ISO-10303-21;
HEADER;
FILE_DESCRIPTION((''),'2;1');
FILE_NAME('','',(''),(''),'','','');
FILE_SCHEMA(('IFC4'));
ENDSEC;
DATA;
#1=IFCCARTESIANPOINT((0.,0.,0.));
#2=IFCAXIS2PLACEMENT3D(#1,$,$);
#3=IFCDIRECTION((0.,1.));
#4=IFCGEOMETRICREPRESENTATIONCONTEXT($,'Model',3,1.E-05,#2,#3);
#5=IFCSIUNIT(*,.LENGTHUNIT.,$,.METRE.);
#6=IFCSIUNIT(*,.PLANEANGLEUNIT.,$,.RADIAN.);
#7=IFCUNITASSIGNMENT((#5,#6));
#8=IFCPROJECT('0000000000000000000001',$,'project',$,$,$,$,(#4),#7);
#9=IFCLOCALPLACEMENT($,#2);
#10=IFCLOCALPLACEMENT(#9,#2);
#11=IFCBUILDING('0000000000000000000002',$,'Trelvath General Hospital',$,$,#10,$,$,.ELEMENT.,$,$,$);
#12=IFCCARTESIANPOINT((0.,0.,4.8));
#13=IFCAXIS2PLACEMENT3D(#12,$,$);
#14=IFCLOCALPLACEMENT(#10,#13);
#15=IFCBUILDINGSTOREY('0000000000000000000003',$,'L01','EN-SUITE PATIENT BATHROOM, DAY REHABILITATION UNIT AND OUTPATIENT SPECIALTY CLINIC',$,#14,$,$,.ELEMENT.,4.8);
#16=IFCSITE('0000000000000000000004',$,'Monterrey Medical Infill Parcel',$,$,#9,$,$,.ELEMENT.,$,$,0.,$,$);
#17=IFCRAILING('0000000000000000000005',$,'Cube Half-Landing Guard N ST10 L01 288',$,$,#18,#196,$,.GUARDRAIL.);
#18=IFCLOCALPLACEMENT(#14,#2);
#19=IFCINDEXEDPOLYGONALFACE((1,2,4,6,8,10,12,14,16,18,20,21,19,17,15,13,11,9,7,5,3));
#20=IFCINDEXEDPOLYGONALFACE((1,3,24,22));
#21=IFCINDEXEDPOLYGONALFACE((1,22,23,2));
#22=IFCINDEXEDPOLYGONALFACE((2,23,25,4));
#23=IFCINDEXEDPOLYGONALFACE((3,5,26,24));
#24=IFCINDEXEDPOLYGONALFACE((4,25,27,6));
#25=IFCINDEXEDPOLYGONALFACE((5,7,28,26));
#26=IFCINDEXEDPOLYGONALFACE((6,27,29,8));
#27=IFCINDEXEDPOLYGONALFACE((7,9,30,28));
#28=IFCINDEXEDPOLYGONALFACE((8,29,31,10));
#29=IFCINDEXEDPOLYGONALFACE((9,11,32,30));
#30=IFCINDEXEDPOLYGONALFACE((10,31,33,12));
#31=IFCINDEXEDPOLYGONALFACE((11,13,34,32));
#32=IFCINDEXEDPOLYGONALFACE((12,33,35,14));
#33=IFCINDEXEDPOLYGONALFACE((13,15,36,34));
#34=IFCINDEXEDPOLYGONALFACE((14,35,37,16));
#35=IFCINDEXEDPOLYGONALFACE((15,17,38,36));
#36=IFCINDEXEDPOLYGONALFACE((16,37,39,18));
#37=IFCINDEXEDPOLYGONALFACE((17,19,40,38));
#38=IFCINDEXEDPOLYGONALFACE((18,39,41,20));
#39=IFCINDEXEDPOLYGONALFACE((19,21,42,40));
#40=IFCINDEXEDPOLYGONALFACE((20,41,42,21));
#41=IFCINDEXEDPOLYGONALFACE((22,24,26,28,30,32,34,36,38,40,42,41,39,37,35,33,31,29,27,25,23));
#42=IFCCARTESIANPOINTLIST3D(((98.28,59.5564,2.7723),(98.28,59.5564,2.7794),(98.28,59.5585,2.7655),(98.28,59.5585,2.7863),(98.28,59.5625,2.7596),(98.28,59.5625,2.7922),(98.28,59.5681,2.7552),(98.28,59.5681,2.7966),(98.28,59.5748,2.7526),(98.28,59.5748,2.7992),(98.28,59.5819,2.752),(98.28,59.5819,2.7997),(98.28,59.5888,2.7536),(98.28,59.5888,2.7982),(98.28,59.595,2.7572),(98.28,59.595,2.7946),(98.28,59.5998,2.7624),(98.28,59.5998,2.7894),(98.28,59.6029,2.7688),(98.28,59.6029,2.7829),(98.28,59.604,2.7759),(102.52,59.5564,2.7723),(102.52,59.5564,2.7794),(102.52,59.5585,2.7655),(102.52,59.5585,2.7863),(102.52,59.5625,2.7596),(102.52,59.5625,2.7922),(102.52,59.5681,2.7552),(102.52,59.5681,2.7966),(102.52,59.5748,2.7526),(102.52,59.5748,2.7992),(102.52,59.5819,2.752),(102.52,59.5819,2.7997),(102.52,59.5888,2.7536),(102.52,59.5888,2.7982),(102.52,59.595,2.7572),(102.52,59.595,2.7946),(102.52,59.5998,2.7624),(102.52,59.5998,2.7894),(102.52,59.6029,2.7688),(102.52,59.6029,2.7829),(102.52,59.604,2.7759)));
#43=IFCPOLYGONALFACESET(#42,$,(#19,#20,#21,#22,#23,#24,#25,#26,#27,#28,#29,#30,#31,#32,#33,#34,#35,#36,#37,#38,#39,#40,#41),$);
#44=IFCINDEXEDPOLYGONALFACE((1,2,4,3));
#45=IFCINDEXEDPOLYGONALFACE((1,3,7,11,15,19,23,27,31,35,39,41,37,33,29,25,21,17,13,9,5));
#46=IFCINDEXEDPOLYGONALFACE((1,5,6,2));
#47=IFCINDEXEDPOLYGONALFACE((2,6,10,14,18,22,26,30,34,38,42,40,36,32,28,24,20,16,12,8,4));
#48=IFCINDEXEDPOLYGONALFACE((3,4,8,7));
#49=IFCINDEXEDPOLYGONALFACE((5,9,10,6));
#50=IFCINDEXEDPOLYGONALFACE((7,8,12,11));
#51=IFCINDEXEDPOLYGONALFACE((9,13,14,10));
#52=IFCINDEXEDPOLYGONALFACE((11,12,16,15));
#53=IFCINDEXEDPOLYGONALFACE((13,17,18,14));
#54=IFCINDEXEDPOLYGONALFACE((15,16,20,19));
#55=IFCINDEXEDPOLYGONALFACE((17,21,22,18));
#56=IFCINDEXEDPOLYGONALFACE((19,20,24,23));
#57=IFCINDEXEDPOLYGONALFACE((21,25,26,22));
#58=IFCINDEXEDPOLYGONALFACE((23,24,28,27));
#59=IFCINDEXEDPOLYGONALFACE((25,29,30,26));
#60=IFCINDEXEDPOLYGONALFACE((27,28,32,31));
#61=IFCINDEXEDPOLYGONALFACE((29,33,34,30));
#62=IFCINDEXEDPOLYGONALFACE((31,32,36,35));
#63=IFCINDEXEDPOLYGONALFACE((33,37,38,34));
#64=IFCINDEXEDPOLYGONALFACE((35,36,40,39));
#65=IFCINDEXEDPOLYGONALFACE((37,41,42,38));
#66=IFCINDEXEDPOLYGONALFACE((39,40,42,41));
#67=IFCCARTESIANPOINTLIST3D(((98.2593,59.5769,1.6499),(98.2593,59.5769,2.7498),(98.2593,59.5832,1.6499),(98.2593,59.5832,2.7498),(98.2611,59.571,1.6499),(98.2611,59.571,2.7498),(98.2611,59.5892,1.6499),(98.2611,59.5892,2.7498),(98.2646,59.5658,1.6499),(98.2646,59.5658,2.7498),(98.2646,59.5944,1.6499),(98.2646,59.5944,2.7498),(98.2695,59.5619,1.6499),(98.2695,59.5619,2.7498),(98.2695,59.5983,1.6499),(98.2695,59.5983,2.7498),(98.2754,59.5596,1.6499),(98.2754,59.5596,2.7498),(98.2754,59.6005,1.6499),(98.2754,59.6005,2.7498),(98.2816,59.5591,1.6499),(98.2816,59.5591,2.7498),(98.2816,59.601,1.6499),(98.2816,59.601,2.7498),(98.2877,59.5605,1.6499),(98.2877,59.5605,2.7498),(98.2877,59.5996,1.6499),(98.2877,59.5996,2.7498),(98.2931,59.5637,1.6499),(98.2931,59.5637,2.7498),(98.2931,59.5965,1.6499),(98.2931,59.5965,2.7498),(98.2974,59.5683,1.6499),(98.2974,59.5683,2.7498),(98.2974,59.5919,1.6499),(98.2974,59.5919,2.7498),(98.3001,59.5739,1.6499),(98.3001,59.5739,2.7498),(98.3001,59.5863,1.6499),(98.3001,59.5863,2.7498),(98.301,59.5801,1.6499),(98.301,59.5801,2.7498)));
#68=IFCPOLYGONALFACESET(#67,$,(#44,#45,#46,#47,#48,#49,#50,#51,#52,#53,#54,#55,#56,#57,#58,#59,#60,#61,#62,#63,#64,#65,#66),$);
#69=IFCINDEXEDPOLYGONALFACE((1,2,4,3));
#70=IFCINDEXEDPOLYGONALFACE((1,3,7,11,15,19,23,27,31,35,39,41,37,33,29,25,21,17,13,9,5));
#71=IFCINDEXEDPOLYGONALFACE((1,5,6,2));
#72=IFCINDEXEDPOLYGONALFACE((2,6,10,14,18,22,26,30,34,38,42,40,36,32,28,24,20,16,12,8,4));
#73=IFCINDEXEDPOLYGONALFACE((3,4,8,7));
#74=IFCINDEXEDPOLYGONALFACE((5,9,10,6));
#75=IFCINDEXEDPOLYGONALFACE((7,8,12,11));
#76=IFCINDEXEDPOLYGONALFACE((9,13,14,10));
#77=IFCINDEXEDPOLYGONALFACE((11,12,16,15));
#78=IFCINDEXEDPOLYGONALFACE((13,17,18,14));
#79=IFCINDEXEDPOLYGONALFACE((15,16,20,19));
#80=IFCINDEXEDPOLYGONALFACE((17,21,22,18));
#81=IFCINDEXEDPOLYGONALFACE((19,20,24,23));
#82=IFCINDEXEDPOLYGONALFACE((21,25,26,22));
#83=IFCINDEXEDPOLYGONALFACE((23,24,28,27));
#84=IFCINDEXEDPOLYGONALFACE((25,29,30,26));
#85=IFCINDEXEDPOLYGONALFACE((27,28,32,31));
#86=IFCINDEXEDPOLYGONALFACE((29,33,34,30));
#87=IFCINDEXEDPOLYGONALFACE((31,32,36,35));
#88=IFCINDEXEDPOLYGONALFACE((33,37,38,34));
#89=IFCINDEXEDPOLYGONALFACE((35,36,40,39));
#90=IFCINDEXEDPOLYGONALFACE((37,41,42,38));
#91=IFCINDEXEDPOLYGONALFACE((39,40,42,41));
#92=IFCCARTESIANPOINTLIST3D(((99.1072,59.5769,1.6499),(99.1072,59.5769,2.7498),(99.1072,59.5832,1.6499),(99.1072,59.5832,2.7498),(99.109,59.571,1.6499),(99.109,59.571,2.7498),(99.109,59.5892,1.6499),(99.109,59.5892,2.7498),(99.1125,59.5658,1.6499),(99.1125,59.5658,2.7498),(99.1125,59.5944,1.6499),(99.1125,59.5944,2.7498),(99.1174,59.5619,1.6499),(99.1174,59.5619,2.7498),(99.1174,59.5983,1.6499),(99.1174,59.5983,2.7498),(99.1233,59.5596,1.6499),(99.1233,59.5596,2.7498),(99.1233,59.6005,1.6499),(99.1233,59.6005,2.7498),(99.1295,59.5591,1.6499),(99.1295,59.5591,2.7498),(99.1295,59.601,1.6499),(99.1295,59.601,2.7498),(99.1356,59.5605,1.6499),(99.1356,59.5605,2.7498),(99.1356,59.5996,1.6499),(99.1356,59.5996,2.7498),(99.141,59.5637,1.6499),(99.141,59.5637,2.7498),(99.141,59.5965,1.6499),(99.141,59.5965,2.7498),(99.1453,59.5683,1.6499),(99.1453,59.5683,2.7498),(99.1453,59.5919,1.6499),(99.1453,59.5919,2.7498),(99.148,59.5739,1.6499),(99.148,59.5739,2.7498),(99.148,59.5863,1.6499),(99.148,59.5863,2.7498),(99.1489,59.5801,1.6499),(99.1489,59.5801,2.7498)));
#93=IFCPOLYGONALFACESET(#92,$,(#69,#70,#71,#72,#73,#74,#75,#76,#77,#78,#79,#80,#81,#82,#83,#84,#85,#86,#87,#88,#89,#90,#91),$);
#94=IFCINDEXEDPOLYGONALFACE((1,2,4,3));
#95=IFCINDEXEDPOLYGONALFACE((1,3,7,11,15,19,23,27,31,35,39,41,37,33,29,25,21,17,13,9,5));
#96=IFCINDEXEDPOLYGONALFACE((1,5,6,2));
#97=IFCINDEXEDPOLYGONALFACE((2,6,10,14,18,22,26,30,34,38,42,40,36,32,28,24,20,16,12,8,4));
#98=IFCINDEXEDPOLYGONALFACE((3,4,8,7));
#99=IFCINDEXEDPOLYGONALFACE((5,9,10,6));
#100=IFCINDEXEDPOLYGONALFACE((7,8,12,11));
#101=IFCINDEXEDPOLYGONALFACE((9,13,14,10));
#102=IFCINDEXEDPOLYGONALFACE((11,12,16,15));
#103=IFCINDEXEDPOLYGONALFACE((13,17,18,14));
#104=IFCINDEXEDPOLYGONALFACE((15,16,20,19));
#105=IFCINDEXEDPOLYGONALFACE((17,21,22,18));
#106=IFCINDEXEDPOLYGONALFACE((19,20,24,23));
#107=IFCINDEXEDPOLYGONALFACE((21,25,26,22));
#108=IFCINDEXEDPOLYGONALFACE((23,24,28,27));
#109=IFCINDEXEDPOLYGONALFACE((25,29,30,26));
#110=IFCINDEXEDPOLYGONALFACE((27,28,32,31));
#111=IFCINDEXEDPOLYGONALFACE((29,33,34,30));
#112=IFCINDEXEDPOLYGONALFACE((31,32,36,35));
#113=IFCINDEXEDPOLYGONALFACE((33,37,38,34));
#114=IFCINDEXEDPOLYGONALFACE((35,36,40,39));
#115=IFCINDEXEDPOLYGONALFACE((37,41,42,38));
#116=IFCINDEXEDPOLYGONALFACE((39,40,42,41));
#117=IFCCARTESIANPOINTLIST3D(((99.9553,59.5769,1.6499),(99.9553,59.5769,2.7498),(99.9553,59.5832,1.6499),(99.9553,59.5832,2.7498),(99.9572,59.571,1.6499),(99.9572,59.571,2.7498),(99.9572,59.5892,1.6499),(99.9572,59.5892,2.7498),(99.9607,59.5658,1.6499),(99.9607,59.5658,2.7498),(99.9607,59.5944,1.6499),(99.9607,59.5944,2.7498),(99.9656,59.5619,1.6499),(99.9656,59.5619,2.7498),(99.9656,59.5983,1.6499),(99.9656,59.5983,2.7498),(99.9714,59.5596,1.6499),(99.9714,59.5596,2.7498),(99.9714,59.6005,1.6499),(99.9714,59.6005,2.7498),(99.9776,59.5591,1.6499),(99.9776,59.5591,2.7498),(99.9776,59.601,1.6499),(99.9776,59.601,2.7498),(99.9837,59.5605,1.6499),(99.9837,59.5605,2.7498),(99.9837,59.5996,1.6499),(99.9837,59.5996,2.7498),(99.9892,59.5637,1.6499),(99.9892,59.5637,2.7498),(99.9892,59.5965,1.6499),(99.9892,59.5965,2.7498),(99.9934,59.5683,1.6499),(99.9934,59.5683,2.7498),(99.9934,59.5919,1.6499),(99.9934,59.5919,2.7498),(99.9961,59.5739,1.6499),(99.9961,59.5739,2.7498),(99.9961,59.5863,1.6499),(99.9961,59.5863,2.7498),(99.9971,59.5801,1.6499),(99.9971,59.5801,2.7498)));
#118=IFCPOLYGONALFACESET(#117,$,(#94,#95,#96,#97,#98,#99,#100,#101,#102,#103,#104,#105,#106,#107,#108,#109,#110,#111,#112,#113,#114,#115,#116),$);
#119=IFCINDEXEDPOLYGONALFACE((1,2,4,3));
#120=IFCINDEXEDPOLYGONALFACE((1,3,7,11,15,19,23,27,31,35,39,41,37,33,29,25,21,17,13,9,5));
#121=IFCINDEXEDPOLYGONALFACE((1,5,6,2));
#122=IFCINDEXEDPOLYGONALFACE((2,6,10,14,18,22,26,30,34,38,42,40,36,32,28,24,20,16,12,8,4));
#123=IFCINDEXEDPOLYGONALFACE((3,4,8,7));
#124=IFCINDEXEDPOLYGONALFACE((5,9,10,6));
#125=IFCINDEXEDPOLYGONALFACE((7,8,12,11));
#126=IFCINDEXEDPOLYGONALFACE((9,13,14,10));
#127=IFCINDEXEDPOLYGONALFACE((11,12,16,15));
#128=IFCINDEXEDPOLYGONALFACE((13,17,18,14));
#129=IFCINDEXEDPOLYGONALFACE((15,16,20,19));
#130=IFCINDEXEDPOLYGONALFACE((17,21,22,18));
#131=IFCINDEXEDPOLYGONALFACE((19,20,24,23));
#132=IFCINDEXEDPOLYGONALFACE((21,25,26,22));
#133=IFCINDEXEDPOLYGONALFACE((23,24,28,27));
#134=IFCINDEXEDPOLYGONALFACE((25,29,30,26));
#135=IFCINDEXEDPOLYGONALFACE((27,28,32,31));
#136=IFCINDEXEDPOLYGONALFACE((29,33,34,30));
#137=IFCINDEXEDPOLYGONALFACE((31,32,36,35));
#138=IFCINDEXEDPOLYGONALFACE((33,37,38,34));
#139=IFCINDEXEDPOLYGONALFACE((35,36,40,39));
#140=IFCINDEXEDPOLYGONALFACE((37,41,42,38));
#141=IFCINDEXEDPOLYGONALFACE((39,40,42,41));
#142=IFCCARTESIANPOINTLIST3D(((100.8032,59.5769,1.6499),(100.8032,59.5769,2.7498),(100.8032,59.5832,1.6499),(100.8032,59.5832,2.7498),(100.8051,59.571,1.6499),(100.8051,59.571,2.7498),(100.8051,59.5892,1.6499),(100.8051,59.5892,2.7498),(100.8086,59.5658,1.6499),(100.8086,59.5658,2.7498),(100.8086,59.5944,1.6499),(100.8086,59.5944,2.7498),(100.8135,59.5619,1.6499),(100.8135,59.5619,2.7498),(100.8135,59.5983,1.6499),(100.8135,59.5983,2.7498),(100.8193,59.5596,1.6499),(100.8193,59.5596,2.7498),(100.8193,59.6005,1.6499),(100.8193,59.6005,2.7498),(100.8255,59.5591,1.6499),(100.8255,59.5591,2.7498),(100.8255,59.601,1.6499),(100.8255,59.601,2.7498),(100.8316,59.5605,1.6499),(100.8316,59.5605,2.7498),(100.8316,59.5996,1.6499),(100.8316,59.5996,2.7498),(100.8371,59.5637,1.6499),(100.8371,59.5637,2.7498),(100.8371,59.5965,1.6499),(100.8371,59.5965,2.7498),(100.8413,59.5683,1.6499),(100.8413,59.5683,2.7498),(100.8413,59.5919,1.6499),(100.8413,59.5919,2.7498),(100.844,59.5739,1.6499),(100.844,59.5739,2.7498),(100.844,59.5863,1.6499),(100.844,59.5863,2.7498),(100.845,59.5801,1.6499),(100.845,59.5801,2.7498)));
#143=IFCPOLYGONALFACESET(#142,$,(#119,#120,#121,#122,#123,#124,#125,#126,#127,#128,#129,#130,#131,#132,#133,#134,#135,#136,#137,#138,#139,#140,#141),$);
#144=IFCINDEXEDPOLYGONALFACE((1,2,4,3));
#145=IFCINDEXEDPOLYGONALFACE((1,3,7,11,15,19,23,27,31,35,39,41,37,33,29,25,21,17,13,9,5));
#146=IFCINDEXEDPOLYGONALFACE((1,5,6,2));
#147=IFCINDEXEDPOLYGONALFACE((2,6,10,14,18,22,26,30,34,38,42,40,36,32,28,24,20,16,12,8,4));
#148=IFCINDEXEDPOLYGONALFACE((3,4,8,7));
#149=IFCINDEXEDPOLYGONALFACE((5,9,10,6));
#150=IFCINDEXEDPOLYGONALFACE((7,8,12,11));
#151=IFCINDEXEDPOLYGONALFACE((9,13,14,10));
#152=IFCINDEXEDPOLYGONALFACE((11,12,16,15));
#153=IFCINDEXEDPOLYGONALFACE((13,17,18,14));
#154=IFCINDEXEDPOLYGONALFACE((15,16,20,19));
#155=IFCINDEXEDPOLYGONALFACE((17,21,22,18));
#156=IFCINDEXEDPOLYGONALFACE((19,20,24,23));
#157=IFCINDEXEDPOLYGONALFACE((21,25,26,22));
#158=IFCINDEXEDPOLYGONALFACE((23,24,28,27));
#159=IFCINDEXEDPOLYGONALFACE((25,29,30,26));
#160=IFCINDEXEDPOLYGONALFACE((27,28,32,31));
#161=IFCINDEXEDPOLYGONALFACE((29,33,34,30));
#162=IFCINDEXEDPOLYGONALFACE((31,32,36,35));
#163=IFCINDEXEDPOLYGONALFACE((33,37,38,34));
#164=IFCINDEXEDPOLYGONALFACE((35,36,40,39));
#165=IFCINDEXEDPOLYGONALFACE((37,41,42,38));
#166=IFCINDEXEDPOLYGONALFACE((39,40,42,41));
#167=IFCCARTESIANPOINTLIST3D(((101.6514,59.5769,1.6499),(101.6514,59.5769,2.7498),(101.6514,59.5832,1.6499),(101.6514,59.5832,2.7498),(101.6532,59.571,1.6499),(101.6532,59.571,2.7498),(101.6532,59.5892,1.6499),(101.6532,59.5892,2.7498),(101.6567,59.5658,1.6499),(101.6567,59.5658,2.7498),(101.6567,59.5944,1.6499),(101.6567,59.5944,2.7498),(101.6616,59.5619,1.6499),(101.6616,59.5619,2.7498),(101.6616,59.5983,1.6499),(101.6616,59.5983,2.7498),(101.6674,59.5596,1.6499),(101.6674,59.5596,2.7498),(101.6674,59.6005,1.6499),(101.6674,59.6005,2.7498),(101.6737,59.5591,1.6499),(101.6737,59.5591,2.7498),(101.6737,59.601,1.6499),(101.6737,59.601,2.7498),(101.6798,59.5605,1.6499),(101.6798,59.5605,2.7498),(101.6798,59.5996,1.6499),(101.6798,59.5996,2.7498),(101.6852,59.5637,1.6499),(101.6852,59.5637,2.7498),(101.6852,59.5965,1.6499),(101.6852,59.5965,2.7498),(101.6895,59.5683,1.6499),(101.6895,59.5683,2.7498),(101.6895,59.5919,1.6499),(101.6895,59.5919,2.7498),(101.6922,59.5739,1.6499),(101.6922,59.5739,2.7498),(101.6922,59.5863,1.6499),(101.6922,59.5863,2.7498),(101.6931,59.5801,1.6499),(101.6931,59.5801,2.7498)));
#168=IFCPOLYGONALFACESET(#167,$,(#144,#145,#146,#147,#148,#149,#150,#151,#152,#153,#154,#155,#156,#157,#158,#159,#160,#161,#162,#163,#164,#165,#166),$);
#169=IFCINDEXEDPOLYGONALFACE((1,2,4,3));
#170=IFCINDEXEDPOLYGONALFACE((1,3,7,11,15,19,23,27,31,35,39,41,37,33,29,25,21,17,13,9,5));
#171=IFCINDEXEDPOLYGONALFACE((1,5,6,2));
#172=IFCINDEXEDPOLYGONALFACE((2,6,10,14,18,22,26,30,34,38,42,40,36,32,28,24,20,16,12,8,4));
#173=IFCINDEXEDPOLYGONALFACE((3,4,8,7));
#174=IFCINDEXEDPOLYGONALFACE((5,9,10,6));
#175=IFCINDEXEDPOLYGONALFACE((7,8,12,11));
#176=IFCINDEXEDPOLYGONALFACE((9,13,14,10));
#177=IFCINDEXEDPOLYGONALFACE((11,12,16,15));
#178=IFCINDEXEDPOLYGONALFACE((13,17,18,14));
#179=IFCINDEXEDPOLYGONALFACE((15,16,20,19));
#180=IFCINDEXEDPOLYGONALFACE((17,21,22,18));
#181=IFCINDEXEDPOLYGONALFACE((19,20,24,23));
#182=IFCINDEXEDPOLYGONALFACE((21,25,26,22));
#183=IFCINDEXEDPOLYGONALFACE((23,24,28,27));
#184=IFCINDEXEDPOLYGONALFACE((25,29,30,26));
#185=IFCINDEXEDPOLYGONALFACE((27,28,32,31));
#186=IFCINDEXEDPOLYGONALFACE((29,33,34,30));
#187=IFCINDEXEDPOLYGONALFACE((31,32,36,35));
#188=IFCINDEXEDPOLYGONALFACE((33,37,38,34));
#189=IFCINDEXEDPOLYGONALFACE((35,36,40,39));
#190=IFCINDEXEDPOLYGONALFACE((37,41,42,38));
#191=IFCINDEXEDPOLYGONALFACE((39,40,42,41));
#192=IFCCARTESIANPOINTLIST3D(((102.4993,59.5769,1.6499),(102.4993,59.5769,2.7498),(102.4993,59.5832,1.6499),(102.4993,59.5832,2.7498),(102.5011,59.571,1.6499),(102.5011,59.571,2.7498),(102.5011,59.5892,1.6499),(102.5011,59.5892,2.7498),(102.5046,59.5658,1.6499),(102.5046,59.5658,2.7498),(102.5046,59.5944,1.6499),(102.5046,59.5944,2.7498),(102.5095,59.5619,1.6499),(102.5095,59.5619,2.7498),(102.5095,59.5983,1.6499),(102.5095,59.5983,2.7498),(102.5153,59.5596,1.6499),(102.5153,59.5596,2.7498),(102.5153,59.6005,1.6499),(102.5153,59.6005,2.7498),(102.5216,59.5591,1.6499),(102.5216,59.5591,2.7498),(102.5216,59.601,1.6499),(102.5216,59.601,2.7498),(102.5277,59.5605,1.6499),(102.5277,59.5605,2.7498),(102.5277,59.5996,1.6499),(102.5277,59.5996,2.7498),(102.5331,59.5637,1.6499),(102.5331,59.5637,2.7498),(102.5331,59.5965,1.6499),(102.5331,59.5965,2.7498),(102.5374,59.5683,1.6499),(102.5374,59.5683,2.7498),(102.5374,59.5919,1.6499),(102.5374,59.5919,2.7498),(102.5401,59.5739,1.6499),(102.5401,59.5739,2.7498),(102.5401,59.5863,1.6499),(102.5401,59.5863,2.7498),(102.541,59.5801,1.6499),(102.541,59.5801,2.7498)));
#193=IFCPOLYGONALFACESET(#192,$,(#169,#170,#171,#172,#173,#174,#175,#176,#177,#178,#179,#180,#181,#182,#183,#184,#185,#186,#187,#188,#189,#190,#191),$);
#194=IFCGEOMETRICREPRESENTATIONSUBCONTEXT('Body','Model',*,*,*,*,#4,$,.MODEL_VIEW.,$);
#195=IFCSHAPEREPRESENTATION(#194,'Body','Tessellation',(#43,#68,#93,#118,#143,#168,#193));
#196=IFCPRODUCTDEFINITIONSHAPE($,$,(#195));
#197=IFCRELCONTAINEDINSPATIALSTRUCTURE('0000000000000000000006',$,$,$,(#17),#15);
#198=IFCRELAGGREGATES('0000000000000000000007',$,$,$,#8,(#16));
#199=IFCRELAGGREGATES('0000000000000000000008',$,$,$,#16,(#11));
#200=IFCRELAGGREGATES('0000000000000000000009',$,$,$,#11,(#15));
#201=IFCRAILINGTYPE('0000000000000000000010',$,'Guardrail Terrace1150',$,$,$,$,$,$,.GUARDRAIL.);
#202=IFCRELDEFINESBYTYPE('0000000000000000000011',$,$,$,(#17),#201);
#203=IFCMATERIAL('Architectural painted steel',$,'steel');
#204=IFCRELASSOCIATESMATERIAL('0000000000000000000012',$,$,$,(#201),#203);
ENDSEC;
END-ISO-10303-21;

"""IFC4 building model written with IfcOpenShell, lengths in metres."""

from ifc_helpers import new_model, si_unit, direction, frame, origin, origin_2d, place, context, subcontext, project, spatial, circle, extrude, material, type_object, element, save


model = new_model("IFC4")

# Units and contexts
model_context = context("Model", 3, precision=1e-05, world=origin(), true_north=direction((0.0, 1.0)))
body_context = subcontext(model_context, "Body", "Model", "MODEL_VIEW")
ifc_project = project(units=[si_unit("LENGTHUNIT", "METRE"), si_unit("PLANEANGLEUNIT", "RADIAN")], contexts=[model_context])

# Site, building, storey
site_placement = place(None, origin())
site = spatial("IfcSite", under=ifc_project, at=site_placement, Name="Monterrey Medical Infill Parcel", CompositionType="ELEMENT", RefElevation=0.0)
building_placement = place(site_placement, origin())
building = spatial("IfcBuilding", under=site, at=building_placement, Name="Trelvath General Hospital", CompositionType="ELEMENT")
storey_placement = place(building_placement, frame((0.0, 0.0, 4.8)))
storey = spatial("IfcBuildingStorey", under=building, at=storey_placement, Name="L01", Description="EN-SUITE PATIENT BATHROOM, DAY REHABILITATION UNIT AND OUTPATIENT SPECIALTY CLINIC", CompositionType="ELEMENT", Elevation=4.8)

# Railing
ifc_material_1 = material(Name="Architectural painted steel", Category="steel")
railing_type = type_object("IfcRailingType", Name="Guardrail Terrace1150", PredefinedType="GUARDRAIL", material=ifc_material_1)
railing_1_placement = place(storey_placement, frame((98.28, 59.5801, 1.6499)))
element("IfcRailing", 1, at=railing_1_placement, inside=storey, type_object=railing_type, Name="Cube Half-Landing Guard N ST10 L01 288", PredefinedType="GUARDRAIL", context=body_context, shape_type="SweptSolid", body=[
    extrude(circle(Radius=0.0239, at=origin_2d()), frame((0.0, 0.0, 1.126), z_axis=(1.0, 0.0, 0.0), x_axis=(0.0, 1.0, 0.0)), (0.0, 0.0, 1.0), 4.24),
    extrude(circle(Radius=0.021, at=origin_2d()), origin(), (0.0, 0.0, 1.0), 1.0999),
    extrude(circle(Radius=0.021, at=origin_2d()), frame((0.8479, 0.0, 0.0)), (0.0, 0.0, 1.0), 1.0999),
    extrude(circle(Radius=0.021, at=origin_2d()), frame((1.696, 0.0, 0.0)), (0.0, 0.0, 1.0), 1.0999),
    extrude(circle(Radius=0.021, at=origin_2d()), frame((2.5439, 0.0, 0.0)), (0.0, 0.0, 1.0), 1.0999),
    extrude(circle(Radius=0.021, at=origin_2d()), frame((3.3921, 0.0, 0.0)), (0.0, 0.0, 1.0), 1.0999),
    extrude(circle(Radius=0.021, at=origin_2d()), frame((4.24, 0.0, 0.0)), (0.0, 0.0, 1.0), 1.0999),
])

save(model, "model.ifc")
